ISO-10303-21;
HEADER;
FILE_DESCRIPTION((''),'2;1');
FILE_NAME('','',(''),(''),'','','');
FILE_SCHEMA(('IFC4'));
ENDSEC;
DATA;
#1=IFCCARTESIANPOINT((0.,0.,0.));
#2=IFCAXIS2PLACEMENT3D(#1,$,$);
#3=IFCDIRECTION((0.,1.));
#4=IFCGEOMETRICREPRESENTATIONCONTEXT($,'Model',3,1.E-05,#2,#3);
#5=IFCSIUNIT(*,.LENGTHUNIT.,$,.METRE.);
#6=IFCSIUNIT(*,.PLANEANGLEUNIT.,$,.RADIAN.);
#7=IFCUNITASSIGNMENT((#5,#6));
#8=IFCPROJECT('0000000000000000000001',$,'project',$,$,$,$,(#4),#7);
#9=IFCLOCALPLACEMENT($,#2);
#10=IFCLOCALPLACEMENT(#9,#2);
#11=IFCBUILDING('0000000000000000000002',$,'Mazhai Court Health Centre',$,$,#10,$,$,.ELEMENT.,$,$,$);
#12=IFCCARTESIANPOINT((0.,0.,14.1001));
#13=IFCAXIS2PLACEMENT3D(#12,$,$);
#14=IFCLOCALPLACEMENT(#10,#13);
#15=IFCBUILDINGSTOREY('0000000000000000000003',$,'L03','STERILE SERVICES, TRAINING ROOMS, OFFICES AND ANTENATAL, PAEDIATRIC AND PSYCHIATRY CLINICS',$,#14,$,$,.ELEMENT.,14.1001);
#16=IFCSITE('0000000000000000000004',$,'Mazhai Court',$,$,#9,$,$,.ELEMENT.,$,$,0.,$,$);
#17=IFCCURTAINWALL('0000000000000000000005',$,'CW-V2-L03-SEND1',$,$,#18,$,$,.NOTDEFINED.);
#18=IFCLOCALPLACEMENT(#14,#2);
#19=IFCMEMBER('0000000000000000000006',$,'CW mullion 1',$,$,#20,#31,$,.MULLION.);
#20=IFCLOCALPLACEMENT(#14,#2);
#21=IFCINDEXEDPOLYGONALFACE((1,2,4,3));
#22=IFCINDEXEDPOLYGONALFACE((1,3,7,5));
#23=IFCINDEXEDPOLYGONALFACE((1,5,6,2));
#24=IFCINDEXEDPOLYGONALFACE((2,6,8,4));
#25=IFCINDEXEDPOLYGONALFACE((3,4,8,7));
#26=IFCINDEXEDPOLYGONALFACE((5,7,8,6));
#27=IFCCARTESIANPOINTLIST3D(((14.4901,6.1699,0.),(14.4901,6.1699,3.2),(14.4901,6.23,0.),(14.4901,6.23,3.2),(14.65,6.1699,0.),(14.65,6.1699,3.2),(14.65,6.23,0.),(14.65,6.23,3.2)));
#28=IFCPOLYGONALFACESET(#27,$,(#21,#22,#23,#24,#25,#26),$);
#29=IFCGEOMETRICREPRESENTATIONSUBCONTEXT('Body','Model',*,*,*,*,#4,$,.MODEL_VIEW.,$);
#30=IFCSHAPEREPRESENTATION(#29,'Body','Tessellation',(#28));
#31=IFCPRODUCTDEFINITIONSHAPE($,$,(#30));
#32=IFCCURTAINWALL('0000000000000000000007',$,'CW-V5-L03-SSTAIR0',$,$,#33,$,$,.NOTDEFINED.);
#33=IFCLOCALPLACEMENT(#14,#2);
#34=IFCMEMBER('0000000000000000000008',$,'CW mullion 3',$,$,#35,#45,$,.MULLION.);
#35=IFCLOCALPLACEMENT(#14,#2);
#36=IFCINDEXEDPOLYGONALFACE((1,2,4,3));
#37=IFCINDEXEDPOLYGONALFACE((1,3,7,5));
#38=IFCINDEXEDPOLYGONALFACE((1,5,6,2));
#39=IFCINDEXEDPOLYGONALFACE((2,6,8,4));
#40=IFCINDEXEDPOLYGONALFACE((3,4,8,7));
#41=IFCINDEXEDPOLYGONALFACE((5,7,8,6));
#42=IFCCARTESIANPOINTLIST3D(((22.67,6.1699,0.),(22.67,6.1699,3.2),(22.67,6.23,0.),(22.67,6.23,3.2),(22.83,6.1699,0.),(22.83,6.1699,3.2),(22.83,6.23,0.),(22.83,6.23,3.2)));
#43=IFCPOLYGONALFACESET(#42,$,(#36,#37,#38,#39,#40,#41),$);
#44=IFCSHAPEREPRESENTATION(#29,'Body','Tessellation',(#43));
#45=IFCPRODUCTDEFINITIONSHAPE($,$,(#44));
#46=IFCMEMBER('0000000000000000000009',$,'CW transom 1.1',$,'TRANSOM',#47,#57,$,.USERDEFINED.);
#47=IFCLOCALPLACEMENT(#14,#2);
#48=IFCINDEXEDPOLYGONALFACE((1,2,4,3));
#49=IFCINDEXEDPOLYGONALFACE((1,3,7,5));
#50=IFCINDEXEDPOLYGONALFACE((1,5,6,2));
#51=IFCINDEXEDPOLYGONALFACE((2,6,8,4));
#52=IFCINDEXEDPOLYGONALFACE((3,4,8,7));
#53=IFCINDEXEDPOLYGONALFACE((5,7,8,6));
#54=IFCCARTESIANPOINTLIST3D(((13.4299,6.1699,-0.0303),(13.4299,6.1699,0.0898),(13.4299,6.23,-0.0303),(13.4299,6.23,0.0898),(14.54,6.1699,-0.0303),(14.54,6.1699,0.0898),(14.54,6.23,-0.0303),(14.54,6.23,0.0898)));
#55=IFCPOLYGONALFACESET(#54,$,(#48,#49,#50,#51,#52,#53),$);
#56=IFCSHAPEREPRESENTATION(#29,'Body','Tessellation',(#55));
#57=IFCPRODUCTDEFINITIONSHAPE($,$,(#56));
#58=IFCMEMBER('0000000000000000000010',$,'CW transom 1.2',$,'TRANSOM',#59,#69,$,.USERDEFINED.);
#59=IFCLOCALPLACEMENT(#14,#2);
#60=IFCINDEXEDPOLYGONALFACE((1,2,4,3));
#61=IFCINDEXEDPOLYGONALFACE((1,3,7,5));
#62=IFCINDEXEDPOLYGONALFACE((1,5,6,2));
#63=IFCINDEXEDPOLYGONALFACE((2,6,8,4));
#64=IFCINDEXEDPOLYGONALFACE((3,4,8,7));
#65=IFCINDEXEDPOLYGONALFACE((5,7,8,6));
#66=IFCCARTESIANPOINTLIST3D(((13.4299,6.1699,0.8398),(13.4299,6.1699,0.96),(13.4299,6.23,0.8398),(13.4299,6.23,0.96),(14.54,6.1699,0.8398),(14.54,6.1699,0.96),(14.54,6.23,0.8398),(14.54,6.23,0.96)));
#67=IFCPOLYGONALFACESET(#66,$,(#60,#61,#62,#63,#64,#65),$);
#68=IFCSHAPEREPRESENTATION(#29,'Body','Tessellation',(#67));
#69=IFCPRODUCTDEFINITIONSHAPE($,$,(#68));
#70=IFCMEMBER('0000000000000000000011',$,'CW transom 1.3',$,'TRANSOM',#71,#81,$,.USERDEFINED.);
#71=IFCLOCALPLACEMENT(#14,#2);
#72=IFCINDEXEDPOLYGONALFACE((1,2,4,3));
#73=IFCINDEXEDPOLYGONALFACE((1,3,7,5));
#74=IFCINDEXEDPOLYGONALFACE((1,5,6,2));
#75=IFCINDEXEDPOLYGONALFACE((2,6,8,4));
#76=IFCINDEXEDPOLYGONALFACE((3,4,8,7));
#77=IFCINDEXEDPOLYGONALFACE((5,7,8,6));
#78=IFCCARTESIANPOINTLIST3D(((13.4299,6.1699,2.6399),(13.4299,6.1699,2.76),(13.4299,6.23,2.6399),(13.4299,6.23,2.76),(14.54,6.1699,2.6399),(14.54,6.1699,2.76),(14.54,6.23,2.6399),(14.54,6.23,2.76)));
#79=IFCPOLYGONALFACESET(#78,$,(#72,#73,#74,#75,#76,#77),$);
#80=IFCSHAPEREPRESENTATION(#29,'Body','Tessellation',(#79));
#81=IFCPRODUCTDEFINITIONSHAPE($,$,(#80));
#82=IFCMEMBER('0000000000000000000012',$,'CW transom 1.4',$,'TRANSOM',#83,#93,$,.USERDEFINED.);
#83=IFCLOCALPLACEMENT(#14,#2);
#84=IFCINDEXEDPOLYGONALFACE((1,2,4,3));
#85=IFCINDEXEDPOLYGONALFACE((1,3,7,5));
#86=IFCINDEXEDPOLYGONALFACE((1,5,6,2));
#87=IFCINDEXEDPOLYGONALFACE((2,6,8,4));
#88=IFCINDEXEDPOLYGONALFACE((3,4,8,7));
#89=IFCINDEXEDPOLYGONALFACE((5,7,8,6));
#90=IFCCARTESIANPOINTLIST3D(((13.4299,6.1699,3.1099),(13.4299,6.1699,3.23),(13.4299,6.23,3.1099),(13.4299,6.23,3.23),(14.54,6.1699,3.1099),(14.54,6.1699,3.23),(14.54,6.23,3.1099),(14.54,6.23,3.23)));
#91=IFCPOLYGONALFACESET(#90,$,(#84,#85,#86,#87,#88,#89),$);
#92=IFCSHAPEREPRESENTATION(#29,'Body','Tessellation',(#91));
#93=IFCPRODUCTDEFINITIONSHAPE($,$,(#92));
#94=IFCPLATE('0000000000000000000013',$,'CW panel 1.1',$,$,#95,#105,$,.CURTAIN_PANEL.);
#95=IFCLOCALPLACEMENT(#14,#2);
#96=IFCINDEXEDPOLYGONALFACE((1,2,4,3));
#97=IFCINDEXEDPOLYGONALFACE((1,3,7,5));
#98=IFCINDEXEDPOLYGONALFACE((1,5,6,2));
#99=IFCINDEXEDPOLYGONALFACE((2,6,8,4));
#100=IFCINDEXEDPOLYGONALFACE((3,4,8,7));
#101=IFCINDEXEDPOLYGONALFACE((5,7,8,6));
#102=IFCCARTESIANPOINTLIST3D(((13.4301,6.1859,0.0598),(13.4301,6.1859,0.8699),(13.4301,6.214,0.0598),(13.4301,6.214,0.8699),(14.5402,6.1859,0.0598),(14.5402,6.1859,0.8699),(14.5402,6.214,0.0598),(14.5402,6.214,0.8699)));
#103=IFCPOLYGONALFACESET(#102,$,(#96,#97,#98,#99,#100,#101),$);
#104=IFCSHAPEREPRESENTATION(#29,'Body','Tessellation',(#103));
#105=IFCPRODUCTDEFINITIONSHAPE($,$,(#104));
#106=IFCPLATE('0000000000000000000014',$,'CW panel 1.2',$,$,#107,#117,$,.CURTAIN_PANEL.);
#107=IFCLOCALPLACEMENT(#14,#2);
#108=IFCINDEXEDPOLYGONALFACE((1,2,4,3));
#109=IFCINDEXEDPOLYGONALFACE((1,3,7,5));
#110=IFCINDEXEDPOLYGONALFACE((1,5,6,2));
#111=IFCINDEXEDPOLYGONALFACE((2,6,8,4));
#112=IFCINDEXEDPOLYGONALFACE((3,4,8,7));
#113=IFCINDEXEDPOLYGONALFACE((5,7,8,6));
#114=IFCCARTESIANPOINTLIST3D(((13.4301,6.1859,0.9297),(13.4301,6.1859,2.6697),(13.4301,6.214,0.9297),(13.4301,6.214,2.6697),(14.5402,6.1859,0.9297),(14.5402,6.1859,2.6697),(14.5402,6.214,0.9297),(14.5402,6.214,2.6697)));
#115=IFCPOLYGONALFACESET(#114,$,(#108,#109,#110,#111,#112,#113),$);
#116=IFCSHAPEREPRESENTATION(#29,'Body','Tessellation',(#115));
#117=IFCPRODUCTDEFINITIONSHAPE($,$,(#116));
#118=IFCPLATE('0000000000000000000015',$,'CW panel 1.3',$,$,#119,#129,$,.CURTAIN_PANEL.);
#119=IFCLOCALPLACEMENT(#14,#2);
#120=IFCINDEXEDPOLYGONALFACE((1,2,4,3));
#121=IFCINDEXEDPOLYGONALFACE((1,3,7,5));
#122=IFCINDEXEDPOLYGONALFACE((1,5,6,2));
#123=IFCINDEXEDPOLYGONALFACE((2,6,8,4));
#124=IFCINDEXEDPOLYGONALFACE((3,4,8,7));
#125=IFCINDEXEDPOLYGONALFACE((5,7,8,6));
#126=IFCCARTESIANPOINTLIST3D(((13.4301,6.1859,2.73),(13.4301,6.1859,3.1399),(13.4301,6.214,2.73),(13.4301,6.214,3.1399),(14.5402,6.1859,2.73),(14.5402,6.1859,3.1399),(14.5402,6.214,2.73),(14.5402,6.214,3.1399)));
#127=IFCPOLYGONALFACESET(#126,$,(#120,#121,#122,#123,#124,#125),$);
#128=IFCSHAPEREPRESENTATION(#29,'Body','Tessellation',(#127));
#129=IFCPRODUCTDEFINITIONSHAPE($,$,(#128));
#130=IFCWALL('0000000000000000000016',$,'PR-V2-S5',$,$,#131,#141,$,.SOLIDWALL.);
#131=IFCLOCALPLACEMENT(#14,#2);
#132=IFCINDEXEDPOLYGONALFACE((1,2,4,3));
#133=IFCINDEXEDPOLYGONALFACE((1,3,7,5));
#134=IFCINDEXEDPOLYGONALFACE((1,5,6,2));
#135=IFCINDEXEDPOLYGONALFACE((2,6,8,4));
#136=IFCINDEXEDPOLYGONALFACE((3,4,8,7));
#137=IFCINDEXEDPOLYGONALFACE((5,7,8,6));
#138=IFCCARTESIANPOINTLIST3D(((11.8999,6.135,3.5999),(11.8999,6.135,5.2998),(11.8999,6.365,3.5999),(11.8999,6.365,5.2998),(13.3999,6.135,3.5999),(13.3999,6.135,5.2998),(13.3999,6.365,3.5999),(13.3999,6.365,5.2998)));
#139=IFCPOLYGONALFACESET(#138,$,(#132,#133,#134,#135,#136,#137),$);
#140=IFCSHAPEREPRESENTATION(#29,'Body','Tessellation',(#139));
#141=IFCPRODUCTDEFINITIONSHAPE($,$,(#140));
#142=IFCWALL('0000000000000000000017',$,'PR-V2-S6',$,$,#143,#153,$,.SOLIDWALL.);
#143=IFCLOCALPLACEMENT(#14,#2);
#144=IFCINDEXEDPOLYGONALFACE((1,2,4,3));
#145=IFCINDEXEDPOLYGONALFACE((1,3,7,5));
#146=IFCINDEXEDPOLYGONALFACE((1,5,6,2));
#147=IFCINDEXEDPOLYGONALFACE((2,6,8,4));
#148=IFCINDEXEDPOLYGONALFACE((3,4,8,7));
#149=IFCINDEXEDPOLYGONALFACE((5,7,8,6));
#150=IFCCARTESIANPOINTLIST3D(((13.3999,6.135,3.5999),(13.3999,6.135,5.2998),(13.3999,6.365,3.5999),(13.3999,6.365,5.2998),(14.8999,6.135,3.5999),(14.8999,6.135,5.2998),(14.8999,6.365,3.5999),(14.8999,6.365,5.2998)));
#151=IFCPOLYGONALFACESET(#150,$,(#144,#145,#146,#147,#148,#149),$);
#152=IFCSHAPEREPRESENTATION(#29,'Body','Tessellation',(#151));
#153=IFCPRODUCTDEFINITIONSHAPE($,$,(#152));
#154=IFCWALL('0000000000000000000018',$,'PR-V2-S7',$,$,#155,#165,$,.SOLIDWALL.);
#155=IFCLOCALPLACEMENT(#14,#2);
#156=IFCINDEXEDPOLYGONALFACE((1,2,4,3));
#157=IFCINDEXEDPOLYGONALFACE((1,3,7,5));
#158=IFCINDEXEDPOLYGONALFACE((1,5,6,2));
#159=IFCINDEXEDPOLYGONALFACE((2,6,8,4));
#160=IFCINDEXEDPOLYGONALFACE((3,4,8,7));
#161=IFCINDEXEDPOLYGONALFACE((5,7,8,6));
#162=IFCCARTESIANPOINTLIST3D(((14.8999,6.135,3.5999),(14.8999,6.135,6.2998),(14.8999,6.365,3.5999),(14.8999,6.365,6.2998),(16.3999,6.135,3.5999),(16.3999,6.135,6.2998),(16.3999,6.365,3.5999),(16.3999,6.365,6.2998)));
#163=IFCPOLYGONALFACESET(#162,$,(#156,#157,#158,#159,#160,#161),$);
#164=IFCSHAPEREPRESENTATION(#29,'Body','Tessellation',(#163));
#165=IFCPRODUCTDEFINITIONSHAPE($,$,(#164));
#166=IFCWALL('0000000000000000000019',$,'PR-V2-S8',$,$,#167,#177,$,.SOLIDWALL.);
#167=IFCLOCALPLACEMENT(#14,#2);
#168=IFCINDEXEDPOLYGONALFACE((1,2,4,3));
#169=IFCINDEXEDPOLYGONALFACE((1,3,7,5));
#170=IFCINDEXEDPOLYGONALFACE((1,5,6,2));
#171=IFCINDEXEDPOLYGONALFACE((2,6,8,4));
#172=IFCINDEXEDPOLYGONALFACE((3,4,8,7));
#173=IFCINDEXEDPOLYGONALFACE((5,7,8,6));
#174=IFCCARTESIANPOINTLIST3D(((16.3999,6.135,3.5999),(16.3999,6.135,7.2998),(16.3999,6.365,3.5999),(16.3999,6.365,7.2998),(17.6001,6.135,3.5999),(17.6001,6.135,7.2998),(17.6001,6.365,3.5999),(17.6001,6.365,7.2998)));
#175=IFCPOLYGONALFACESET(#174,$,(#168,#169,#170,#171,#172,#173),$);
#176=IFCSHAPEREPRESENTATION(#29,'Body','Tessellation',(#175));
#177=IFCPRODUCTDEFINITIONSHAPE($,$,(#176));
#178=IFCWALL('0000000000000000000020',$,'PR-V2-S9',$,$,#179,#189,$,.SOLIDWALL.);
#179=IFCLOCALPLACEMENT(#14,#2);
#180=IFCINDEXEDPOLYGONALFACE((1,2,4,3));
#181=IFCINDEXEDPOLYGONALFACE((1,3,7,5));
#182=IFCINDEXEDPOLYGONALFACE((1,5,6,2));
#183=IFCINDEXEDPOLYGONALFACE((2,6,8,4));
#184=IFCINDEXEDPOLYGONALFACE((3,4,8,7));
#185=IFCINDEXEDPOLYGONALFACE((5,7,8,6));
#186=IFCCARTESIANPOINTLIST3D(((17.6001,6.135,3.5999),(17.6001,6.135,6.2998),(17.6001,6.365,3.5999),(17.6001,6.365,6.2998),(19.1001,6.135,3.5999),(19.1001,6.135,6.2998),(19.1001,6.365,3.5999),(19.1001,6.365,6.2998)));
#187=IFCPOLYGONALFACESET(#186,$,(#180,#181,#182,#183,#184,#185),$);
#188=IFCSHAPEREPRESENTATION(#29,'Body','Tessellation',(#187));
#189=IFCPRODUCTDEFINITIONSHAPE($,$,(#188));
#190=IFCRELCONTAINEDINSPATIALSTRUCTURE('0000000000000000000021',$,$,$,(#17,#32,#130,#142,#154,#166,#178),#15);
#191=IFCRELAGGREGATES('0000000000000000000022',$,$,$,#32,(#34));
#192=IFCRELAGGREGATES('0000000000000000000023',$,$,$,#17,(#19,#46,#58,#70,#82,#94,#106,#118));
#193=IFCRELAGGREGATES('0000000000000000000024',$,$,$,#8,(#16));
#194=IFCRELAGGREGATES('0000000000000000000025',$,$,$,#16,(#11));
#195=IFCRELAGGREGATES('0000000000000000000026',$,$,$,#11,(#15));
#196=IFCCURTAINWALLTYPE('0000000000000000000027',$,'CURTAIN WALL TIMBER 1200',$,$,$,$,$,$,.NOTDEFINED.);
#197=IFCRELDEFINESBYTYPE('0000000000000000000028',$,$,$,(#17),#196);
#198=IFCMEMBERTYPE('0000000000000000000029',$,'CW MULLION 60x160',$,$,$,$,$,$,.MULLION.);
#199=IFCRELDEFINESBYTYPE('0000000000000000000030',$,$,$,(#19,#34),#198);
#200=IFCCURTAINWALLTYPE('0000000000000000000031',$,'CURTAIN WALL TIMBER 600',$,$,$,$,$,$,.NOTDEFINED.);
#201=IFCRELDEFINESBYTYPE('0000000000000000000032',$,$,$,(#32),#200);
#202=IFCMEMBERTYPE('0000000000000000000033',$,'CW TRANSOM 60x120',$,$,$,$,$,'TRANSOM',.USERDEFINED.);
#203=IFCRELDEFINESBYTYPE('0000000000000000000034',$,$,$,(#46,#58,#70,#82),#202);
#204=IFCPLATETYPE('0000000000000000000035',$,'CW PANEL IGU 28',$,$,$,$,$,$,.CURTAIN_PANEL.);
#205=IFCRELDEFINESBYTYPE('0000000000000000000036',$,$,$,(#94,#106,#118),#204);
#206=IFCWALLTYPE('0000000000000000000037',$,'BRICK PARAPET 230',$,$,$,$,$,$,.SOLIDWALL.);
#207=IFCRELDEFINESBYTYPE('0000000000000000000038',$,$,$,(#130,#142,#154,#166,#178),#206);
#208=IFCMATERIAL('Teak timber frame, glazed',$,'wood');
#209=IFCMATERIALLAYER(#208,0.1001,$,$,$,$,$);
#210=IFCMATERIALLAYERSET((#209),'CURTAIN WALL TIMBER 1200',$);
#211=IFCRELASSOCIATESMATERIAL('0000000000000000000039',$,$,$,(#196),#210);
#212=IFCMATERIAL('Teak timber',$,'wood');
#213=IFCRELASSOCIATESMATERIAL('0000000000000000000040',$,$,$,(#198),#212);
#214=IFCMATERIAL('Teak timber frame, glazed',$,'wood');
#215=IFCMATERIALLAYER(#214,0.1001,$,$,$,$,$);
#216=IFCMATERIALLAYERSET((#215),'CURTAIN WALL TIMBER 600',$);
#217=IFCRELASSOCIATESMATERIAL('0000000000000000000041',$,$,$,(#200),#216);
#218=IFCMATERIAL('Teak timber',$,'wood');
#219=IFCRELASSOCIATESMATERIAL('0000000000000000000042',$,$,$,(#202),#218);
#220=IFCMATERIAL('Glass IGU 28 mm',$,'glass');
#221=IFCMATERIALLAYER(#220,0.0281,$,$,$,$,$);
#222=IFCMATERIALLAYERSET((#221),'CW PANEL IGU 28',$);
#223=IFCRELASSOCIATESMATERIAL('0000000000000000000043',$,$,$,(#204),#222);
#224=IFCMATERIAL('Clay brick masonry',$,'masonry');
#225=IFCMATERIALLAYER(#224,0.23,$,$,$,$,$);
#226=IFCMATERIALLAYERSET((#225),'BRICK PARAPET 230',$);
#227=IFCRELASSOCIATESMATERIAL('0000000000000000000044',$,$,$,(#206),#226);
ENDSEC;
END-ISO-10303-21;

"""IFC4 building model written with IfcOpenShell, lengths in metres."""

from ifc_helpers import new_model, si_unit, direction, frame, frame_2d, origin, origin_2d, place, context, subcontext, project, spatial, rectangle, extrude, material, layer, layer_set, material_profile, profile_set, type_object, element, aggregate, save


model = new_model("IFC4")

# Units and contexts
model_context = context("Model", 3, precision=1e-05, world=origin(), true_north=direction((0.0, 1.0)))
body_context = subcontext(model_context, "Body", "Model", "MODEL_VIEW")
ifc_project = project(units=[si_unit("LENGTHUNIT", "METRE"), si_unit("PLANEANGLEUNIT", "RADIAN")], contexts=[model_context])

# Site, building, storey
site_placement = place(None, origin())
site = spatial("IfcSite", under=ifc_project, at=site_placement, Name="Mazhai Court", CompositionType="ELEMENT", RefElevation=0.0)
building_placement = place(site_placement, origin())
building = spatial("IfcBuilding", under=site, at=building_placement, Name="Mazhai Court Health Centre", CompositionType="ELEMENT")
storey_placement = place(building_placement, frame((0.0, 0.0, 14.1001)))
storey = spatial("IfcBuildingStorey", under=building, at=storey_placement, Name="L03", Description="STERILE SERVICES, TRAINING ROOMS, OFFICES AND ANTENATAL, PAEDIATRIC AND PSYCHIATRY CLINICS", CompositionType="ELEMENT", Elevation=14.1001)

# Curtain walls, members
ifc_material_1 = material(Name="Teak timber frame, glazed", Category="wood")
ifc_layer_1 = layer(ifc_material_1, 0.1001)
ifc_layer_set_1 = layer_set([ifc_layer_1], Name="CURTAIN WALL TIMBER 1200")
curtain_wall_type_1 = type_object("IfcCurtainWallType", Name="CURTAIN WALL TIMBER 1200", PredefinedType="NOTDEFINED", material=ifc_layer_set_1)
curtain_wall_1_placement = place(storey_placement, origin())
curtain_wall_1 = element("IfcCurtainWall", 1, at=curtain_wall_1_placement, inside=storey, type_object=curtain_wall_type_1, Name="CW-V2-L03-SEND1", PredefinedType="NOTDEFINED")
ifc_material_2 = material(Name="Teak timber", Category="wood")
ifc_material_profile_1 = material_profile(ifc_material_2, rectangle(XDim=0.0601, YDim=0.1599, at=origin_2d()), Name="CW MULLION 60x160")
ifc_profile_set_1 = profile_set([ifc_material_profile_1], Name="Teak timber")
member_type_1 = type_object("IfcMemberType", Name="CW MULLION 60x160", PredefinedType="MULLION", material=ifc_profile_set_1)
member_1_placement = place(storey_placement, frame((14.5701, 6.2, 0.0), z_axis=(0.0, 0.0, 1.0), x_axis=(0.0, -1.0, 0.0)))
member_1 = element("IfcMember", 2, at=member_1_placement, type_object=member_type_1, Name="CW mullion 1", PredefinedType="MULLION", context=body_context, shape_type="SweptSolid", body=[
    extrude(rectangle(XDim=0.0601, YDim=0.1599, at=origin_2d()), origin(), (0.0, 0.0, 1.0), 3.2),
])
ifc_material_3 = material(Name="Teak timber frame, glazed", Category="wood")
ifc_layer_2 = layer(ifc_material_3, 0.1001)
ifc_layer_set_2 = layer_set([ifc_layer_2], Name="CURTAIN WALL TIMBER 600")
curtain_wall_type_2 = type_object("IfcCurtainWallType", Name="CURTAIN WALL TIMBER 600", PredefinedType="NOTDEFINED", material=ifc_layer_set_2)
curtain_wall_2_placement = place(storey_placement, origin())
curtain_wall_2 = element("IfcCurtainWall", 3, at=curtain_wall_2_placement, inside=storey, type_object=curtain_wall_type_2, Name="CW-V5-L03-SSTAIR0", PredefinedType="NOTDEFINED")
member_2_placement = place(storey_placement, frame((22.75, 6.2, 0.0), z_axis=(0.0, 0.0, 1.0), x_axis=(0.0, -1.0, 0.0)))
member_2 = element("IfcMember", 4, at=member_2_placement, type_object=member_type_1, Name="CW mullion 3", PredefinedType="MULLION", context=body_context, shape_type="SweptSolid", body=[
    extrude(rectangle(XDim=0.0601, YDim=0.1599, at=origin_2d()), origin(), (0.0, 0.0, 1.0), 3.2),
])
aggregate(curtain_wall_2, [member_2])

# Members
ifc_material_4 = material(Name="Teak timber", Category="wood")
ifc_material_profile_2 = material_profile(ifc_material_4, rectangle(XDim=0.0601, YDim=0.1201, at=origin_2d()), Name="CW TRANSOM 60x120")
ifc_profile_set_2 = profile_set([ifc_material_profile_2], Name="Teak timber")
member_type_2 = type_object("IfcMemberType", Name="CW TRANSOM 60x120", ElementType="TRANSOM", PredefinedType="USERDEFINED", material=ifc_profile_set_2)
member_3_placement = place(storey_placement, frame((14.54, 6.2, 0.0298), z_axis=(-1.0, 0.0, 0.0), x_axis=(0.0, -1.0, 0.0)))
member_3 = element("IfcMember", 5, at=member_3_placement, type_object=member_type_2, Name="CW transom 1.1", ObjectType="TRANSOM", PredefinedType="USERDEFINED", context=body_context, shape_type="SweptSolid", body=[
    extrude(rectangle(XDim=0.0601, YDim=0.1201, at=origin_2d()), origin(), (0.0, 0.0, 1.0), 1.1101),
])
member_4_placement = place(storey_placement, frame((14.54, 6.2, 0.8999), z_axis=(-1.0, 0.0, 0.0), x_axis=(0.0, -1.0, 0.0)))
member_4 = element("IfcMember", 6, at=member_4_placement, type_object=member_type_2, Name="CW transom 1.2", ObjectType="TRANSOM", PredefinedType="USERDEFINED", context=body_context, shape_type="SweptSolid", body=[
    extrude(rectangle(XDim=0.0601, YDim=0.1201, at=origin_2d()), origin(), (0.0, 0.0, 1.0), 1.1101),
])
member_5_placement = place(storey_placement, frame((14.54, 6.2, 2.7), z_axis=(-1.0, 0.0, 0.0), x_axis=(0.0, -1.0, 0.0)))
member_5 = element("IfcMember", 7, at=member_5_placement, type_object=member_type_2, Name="CW transom 1.3", ObjectType="TRANSOM", PredefinedType="USERDEFINED", context=body_context, shape_type="SweptSolid", body=[
    extrude(rectangle(XDim=0.0601, YDim=0.1201, at=origin_2d()), origin(), (0.0, 0.0, 1.0), 1.1101),
])
member_6_placement = place(storey_placement, frame((14.54, 6.2, 3.1699), z_axis=(-1.0, 0.0, 0.0), x_axis=(0.0, -1.0, 0.0)))
member_6 = element("IfcMember", 8, at=member_6_placement, type_object=member_type_2, Name="CW transom 1.4", ObjectType="TRANSOM", PredefinedType="USERDEFINED", context=body_context, shape_type="SweptSolid", body=[
    extrude(rectangle(XDim=0.0601, YDim=0.1201, at=origin_2d()), origin(), (0.0, 0.0, 1.0), 1.1101),
])

# Plates
ifc_material_5 = material(Name="Glass IGU 28 mm", Category="glass")
ifc_layer_3 = layer(ifc_material_5, 0.0281)
ifc_layer_set_3 = layer_set([ifc_layer_3], Name="CW PANEL IGU 28")
plate_type = type_object("IfcPlateType", Name="CW PANEL IGU 28", PredefinedType="CURTAIN_PANEL", material=ifc_layer_set_3)
plate_1_placement = place(storey_placement, frame((13.9851, 6.2, 0.0598), z_axis=(0.0, 0.0, 1.0), x_axis=(-1.0, 0.0, 0.0)))
plate_1 = element("IfcPlate", 9, at=plate_1_placement, type_object=plate_type, Name="CW panel 1.1", PredefinedType="CURTAIN_PANEL", context=body_context, shape_type="SweptSolid", body=[
    extrude(rectangle(XDim=1.1101, YDim=0.0281, at=origin_2d()), origin(), (0.0, 0.0, 1.0), 0.8101),
])
plate_2_placement = place(storey_placement, frame((13.9851, 6.2, 0.9297), z_axis=(0.0, 0.0, 1.0), x_axis=(-1.0, 0.0, 0.0)))
plate_2 = element("IfcPlate", 10, at=plate_2_placement, type_object=plate_type, Name="CW panel 1.2", PredefinedType="CURTAIN_PANEL", context=body_context, shape_type="SweptSolid", body=[
    extrude(rectangle(XDim=1.1101, YDim=0.0281, at=origin_2d()), origin(), (0.0, 0.0, 1.0), 1.74),
])
plate_3_placement = place(storey_placement, frame((13.9851, 6.2, 2.73), z_axis=(0.0, 0.0, 1.0), x_axis=(-1.0, 0.0, 0.0)))
plate_3 = element("IfcPlate", 11, at=plate_3_placement, type_object=plate_type, Name="CW panel 1.3", PredefinedType="CURTAIN_PANEL", context=body_context, shape_type="SweptSolid", body=[
    extrude(rectangle(XDim=1.1101, YDim=0.0281, at=origin_2d()), origin(), (0.0, 0.0, 1.0), 0.4099),
])
aggregate(curtain_wall_1, [member_1, member_3, member_4, member_5, member_6, plate_1, plate_2, plate_3])

# Walls
ifc_material_6 = material(Name="Clay brick masonry", Category="masonry")
ifc_layer_4 = layer(ifc_material_6, 0.23)
ifc_layer_set_4 = layer_set([ifc_layer_4], Name="BRICK PARAPET 230")
wall_type_1 = type_object("IfcWallType", Name="BRICK PARAPET 230", PredefinedType="SOLIDWALL", material=ifc_layer_set_4)
for number, where, z_axis, x_axis, name in (
    (12, (13.3999, 6.25, 3.5999), (0.0, 0.0, 1.0), (-1.0, 0.0, 0.0), "PR-V2-S5"),
    (13, (14.8999, 6.25, 3.5999), (0.0, 0.0, 1.0), (-1.0, 0.0, 0.0), "PR-V2-S6"),
):
    element("IfcWall", number, at=place(storey_placement, frame(where, z_axis=z_axis, x_axis=x_axis)), inside=storey, type_object=wall_type_1, Name=name, PredefinedType="SOLIDWALL", context=body_context, shape_type="SweptSolid", body=[
        extrude(rectangle(XDim=1.5, YDim=0.23, at=frame_2d((0.75, 0.0))), origin(), (0.0, 0.0, 1.0), 1.7),
    ])
wall_1_placement = place(storey_placement, frame((16.3999, 6.25, 3.5999), z_axis=(0.0, 0.0, 1.0), x_axis=(-1.0, 0.0, 0.0)))
element("IfcWall", 14, at=wall_1_placement, inside=storey, type_object=wall_type_1, Name="PR-V2-S7", PredefinedType="SOLIDWALL", context=body_context, shape_type="SweptSolid", body=[
    extrude(rectangle(XDim=1.5, YDim=0.23, at=frame_2d((0.75, 0.0))), origin(), (0.0, 0.0, 1.0), 2.7),
])
wall_2_placement = place(storey_placement, frame((17.6001, 6.25, 3.5999), z_axis=(0.0, 0.0, 1.0), x_axis=(-1.0, 0.0, 0.0)))
element("IfcWall", 15, at=wall_2_placement, inside=storey, type_object=wall_type_1, Name="PR-V2-S8", PredefinedType="SOLIDWALL", context=body_context, shape_type="SweptSolid", body=[
    extrude(rectangle(XDim=1.2002, YDim=0.23, at=frame_2d((0.6001, 0.0))), origin(), (0.0, 0.0, 1.0), 3.7),
])
wall_3_placement = place(storey_placement, frame((19.1001, 6.25, 3.5999), z_axis=(0.0, 0.0, 1.0), x_axis=(-1.0, 0.0, 0.0)))
element("IfcWall", 16, at=wall_3_placement, inside=storey, type_object=wall_type_1, Name="PR-V2-S9", PredefinedType="SOLIDWALL", context=body_context, shape_type="SweptSolid", body=[
    extrude(rectangle(XDim=1.5, YDim=0.23, at=frame_2d((0.75, 0.0))), origin(), (0.0, 0.0, 1.0), 2.7),
])

save(model, "model.ifc")
